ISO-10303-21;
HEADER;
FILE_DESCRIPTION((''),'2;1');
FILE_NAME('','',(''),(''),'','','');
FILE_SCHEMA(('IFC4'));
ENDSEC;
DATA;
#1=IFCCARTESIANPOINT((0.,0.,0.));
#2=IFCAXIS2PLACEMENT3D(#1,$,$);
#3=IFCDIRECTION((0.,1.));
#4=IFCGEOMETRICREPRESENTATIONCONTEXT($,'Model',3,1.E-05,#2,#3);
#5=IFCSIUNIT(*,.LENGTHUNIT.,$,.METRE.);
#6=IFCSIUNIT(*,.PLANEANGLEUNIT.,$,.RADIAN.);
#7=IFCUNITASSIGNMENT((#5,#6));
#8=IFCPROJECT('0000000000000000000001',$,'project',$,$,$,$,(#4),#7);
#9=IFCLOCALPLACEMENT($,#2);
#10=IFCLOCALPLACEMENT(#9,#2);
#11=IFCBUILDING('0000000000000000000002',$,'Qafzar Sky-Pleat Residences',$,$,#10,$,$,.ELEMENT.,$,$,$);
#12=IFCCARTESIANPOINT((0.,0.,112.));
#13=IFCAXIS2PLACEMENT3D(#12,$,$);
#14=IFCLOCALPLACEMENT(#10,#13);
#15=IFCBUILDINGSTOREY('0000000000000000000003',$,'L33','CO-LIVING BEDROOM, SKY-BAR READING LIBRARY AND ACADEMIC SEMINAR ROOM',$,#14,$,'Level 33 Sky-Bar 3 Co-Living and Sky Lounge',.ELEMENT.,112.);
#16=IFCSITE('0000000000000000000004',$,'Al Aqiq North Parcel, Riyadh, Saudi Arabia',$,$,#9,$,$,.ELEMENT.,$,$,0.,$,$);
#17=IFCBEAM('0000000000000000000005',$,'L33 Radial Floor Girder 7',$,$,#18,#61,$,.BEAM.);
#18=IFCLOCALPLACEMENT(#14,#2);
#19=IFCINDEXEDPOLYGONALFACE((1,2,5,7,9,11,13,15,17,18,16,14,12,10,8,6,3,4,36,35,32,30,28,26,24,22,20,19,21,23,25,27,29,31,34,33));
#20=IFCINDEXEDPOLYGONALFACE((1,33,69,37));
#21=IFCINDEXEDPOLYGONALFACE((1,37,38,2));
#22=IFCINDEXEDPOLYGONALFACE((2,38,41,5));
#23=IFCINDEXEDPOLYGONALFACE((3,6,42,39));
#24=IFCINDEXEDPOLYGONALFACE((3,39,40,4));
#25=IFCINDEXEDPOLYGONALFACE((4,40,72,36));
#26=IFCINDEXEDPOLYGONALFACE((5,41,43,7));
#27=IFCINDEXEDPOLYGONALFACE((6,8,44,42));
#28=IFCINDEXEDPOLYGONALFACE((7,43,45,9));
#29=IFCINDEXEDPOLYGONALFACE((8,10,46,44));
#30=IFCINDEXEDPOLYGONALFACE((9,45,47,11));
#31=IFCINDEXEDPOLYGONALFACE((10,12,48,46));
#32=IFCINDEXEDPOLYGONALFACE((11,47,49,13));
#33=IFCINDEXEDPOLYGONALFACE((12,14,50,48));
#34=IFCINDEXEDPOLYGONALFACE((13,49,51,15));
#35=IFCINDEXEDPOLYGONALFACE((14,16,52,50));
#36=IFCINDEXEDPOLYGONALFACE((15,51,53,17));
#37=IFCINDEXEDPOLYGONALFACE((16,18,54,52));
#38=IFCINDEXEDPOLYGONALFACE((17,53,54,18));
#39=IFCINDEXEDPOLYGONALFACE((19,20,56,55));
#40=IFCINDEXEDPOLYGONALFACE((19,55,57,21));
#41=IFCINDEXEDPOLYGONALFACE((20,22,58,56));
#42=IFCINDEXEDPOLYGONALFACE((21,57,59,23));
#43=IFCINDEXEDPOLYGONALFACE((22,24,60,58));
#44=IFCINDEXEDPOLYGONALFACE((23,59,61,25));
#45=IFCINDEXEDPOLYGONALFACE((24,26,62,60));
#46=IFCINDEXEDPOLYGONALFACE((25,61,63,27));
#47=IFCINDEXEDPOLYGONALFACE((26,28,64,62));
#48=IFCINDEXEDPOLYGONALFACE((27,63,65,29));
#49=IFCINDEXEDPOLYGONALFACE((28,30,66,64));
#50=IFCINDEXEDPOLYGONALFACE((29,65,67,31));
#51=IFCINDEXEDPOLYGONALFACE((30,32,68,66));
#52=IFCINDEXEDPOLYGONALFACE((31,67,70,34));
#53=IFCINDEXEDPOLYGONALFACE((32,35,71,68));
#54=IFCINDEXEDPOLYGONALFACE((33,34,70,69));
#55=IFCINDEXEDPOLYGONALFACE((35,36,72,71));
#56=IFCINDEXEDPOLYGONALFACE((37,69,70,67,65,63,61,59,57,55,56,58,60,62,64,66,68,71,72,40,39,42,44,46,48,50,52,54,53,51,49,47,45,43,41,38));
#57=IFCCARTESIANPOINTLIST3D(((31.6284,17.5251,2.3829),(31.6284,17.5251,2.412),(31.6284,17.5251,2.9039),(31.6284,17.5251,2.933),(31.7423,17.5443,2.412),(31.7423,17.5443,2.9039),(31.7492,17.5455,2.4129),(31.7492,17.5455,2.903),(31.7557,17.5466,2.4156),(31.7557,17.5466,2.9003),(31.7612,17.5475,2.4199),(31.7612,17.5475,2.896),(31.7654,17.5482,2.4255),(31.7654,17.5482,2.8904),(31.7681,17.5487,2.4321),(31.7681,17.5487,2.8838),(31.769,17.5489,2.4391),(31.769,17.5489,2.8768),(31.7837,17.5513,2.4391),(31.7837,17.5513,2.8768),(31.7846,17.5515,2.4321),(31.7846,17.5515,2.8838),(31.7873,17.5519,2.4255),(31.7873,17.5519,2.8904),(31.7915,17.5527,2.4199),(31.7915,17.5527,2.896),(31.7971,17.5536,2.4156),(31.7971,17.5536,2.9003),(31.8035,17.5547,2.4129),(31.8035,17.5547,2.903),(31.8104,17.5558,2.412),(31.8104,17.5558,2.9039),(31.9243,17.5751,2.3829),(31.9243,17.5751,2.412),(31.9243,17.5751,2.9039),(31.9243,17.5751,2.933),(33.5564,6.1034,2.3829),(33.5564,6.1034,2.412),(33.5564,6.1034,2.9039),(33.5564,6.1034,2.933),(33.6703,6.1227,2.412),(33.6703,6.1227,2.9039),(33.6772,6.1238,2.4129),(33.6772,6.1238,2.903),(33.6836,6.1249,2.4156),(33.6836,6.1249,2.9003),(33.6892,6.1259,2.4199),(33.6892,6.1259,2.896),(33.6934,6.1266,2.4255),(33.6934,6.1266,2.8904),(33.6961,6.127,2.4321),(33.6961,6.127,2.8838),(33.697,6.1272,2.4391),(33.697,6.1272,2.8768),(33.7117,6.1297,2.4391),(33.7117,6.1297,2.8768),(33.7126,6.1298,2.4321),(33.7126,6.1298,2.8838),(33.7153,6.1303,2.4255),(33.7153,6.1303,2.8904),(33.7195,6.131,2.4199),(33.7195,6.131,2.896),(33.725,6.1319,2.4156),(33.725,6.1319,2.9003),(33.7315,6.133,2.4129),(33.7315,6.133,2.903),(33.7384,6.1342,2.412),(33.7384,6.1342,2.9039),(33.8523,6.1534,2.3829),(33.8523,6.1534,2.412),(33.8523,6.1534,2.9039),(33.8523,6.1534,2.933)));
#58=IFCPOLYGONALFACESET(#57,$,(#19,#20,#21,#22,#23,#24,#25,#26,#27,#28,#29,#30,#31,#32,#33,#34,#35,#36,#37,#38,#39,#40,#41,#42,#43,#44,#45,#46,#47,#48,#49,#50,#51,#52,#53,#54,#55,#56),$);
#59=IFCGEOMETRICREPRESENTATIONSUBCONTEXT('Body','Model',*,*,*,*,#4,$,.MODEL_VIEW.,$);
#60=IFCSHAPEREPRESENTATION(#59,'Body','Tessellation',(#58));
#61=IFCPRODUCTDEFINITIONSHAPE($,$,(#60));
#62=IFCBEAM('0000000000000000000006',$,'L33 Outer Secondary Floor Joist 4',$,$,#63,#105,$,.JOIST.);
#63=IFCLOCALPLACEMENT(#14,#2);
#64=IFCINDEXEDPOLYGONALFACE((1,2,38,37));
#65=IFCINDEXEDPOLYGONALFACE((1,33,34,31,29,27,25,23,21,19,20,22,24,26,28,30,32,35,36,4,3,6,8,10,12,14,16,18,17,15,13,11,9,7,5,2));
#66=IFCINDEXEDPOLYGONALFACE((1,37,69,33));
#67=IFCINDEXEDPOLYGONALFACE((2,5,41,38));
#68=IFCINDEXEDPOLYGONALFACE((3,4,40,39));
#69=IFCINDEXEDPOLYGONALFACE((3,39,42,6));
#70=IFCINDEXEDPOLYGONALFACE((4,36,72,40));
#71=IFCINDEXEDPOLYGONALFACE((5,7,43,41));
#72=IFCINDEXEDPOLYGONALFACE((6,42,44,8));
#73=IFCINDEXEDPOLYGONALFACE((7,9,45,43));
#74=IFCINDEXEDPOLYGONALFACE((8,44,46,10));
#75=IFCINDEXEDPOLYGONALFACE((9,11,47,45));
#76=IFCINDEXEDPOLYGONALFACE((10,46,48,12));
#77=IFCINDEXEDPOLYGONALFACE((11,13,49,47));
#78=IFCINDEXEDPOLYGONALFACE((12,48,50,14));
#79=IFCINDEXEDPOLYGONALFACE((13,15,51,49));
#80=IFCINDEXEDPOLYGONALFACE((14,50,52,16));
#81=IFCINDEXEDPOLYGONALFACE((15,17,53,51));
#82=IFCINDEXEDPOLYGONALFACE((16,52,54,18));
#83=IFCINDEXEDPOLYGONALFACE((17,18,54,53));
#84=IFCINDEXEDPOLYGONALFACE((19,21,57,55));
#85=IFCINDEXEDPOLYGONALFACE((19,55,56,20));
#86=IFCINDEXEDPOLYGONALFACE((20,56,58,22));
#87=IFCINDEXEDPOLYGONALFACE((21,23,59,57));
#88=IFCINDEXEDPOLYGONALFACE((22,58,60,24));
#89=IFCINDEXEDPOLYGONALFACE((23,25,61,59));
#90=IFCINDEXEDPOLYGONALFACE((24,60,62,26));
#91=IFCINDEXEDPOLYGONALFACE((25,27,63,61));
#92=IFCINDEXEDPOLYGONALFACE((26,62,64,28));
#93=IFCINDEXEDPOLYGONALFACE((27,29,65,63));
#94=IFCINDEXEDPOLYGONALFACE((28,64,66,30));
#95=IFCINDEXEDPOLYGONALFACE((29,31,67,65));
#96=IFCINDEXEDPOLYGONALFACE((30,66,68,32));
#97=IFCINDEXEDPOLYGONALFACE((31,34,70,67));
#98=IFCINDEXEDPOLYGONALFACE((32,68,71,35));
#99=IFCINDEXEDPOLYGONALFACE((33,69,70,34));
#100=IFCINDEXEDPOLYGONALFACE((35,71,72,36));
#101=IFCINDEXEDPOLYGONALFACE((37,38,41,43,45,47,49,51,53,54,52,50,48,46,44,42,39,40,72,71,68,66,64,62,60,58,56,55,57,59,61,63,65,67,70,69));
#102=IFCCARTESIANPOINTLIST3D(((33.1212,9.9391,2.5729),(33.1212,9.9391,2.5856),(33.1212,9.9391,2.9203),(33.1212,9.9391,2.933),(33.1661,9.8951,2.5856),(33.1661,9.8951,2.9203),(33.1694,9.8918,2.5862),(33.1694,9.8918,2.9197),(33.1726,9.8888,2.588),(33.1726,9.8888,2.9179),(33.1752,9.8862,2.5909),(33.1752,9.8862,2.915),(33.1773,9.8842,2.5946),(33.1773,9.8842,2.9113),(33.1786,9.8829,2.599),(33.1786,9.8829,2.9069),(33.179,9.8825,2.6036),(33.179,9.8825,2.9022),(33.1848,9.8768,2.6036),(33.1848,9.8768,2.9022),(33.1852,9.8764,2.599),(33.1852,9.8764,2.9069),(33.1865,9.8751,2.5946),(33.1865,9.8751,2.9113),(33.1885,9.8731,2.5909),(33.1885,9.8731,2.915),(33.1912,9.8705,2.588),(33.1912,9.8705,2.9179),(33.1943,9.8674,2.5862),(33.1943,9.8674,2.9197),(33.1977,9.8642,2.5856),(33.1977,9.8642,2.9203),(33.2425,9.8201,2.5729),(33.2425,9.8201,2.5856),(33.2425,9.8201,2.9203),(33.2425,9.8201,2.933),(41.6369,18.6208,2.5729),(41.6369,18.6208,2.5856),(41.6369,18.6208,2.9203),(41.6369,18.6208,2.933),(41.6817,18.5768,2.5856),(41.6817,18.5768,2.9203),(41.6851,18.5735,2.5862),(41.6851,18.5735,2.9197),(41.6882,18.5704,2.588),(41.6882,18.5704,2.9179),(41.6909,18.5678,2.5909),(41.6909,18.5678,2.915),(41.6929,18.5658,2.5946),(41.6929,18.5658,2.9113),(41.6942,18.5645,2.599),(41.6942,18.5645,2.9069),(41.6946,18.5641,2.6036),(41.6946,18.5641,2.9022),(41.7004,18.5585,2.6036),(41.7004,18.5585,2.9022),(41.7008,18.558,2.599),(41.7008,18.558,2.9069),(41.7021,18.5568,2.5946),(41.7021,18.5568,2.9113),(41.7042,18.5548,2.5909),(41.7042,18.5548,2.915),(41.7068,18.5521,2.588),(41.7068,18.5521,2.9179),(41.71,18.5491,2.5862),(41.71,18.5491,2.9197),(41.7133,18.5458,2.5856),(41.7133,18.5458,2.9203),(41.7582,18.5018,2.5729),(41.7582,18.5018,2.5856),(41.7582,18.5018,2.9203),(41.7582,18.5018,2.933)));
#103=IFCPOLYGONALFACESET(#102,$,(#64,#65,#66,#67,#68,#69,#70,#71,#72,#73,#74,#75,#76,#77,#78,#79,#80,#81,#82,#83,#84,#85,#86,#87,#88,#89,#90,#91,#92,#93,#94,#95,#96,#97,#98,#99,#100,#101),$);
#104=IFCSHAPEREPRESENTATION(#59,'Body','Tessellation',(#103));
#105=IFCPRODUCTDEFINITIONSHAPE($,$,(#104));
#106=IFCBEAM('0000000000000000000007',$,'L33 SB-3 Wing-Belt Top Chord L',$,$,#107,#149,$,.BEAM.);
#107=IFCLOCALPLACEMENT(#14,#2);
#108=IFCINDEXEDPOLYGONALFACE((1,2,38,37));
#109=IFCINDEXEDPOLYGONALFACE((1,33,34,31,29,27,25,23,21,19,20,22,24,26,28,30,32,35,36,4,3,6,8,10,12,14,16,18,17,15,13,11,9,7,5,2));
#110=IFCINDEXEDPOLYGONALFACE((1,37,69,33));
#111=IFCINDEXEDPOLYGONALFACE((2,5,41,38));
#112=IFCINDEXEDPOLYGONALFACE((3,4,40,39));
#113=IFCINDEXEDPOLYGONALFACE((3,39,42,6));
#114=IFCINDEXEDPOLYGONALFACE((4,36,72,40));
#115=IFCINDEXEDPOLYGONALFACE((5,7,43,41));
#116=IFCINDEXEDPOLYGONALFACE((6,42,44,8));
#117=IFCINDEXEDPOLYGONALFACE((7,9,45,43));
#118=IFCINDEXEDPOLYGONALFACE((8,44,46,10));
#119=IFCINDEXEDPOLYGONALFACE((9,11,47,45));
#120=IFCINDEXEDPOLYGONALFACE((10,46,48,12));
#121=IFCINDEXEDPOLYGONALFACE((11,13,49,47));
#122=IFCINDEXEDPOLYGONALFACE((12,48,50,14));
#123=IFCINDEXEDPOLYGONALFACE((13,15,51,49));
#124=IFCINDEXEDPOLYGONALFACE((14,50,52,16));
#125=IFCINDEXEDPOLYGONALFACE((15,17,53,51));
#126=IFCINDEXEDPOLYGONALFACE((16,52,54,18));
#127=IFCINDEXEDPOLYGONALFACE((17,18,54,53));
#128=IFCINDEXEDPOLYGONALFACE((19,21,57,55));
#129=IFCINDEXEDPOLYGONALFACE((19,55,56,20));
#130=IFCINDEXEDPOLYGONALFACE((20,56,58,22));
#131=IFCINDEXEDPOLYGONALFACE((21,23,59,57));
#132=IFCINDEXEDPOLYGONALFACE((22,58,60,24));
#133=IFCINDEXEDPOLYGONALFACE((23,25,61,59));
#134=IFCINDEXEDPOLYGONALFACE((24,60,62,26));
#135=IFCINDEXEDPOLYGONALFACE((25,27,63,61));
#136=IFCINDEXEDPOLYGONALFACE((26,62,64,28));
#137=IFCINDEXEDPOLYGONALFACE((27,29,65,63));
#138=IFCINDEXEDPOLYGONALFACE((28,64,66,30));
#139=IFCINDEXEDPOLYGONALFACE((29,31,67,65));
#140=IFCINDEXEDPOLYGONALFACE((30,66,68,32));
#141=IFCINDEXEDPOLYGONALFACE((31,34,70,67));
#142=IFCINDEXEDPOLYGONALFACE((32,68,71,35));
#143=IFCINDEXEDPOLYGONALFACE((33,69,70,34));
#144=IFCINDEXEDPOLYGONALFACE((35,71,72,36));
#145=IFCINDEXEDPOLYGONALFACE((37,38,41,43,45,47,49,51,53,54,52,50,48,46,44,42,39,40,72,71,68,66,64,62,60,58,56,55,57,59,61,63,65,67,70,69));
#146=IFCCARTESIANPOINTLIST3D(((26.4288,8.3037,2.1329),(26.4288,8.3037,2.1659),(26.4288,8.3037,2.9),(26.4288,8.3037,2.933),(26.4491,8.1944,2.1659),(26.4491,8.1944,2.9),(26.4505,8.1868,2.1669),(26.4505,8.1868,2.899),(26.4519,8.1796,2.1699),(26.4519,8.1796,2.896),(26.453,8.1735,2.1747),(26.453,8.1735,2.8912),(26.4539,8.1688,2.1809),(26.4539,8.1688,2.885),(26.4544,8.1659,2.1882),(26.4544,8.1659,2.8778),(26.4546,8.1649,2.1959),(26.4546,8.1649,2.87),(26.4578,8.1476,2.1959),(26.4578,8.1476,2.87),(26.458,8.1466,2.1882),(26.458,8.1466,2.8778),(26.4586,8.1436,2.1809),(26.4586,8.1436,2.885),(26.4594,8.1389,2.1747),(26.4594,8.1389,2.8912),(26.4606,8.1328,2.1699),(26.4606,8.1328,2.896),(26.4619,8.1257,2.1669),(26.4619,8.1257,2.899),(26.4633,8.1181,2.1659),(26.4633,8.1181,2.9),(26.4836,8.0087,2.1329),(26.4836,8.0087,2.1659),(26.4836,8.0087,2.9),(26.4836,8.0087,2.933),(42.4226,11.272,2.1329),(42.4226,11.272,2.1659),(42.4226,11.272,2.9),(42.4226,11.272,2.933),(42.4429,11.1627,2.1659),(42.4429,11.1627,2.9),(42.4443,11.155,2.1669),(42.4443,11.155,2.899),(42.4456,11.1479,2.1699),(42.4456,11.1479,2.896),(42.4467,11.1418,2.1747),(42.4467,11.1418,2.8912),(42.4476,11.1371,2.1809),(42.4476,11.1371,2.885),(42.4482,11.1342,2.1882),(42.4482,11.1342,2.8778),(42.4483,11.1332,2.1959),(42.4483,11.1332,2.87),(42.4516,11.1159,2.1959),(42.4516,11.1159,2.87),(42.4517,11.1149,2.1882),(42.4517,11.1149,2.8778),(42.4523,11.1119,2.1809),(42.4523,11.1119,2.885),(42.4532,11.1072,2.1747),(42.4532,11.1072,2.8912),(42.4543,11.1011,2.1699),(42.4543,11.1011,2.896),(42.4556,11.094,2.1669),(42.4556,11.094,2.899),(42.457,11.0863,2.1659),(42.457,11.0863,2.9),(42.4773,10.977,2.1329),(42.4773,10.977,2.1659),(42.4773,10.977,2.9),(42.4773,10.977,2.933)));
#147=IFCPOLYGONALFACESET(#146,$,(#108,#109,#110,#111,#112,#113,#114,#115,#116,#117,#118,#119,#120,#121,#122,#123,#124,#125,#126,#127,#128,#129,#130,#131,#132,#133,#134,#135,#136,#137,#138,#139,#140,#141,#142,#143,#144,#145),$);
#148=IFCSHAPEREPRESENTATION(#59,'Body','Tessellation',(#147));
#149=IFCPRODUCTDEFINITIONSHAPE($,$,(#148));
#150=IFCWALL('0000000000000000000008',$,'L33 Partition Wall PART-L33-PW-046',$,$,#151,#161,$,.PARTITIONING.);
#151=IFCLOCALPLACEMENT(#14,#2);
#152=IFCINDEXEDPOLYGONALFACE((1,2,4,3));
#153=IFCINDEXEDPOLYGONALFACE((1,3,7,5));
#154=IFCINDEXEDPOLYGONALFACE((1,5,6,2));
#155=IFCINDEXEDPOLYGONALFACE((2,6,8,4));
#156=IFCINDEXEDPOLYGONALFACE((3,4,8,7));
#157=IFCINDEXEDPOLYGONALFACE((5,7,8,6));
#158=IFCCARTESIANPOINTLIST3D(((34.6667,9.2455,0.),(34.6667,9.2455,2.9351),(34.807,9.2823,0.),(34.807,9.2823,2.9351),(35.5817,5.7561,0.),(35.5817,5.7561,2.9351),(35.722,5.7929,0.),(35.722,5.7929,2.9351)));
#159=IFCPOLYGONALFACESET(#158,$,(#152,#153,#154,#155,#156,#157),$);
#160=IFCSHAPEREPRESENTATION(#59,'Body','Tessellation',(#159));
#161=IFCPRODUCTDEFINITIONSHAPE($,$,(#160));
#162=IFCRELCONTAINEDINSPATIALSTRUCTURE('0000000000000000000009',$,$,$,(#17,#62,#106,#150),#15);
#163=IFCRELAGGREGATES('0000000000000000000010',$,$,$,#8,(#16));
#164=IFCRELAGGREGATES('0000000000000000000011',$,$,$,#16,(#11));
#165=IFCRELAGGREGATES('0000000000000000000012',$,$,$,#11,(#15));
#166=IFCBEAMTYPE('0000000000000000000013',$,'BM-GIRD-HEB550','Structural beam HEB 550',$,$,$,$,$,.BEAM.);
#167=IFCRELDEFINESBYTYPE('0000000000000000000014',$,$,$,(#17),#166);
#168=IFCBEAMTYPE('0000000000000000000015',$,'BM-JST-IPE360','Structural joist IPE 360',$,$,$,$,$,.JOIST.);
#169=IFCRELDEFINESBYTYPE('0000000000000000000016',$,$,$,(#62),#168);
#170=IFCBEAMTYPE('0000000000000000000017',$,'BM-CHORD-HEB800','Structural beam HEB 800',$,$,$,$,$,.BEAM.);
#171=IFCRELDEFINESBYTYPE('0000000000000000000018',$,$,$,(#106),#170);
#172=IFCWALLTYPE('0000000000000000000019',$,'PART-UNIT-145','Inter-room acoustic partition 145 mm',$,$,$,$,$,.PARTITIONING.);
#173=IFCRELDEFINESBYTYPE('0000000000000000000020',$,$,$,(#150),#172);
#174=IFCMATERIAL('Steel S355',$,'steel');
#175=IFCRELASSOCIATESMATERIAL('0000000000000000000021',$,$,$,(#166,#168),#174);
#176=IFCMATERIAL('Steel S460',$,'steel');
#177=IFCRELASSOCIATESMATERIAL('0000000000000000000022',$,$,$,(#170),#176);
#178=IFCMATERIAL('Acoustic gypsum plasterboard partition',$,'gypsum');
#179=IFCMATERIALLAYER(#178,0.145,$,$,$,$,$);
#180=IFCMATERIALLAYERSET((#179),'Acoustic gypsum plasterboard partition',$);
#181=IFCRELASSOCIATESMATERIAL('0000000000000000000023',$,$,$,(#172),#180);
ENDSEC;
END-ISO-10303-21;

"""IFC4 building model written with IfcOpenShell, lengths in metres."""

from ifc_helpers import new_model, si_unit, direction, frame, frame_2d, origin, origin_2d, place, context, subcontext, project, spatial, rectangle, i_section, extrude, source, transform, mapped, material, layer, layer_set, material_profile, profile_set, type_object, element, save


model = new_model("IFC4")

# Units and contexts
model_context = context("Model", 3, precision=1e-05, world=origin(), true_north=direction((0.0, 1.0)))
body_context = subcontext(model_context, "Body", "Model", "MODEL_VIEW")
ifc_project = project(units=[si_unit("LENGTHUNIT", "METRE"), si_unit("PLANEANGLEUNIT", "RADIAN")], contexts=[model_context])

# Site, building, storey
site_placement = place(None, origin())
site = spatial("IfcSite", under=ifc_project, at=site_placement, Name="Al Aqiq North Parcel, Riyadh, Saudi Arabia", CompositionType="ELEMENT", RefElevation=0.0)
building_placement = place(site_placement, origin())
building = spatial("IfcBuilding", under=site, at=building_placement, Name="Qafzar Sky-Pleat Residences", CompositionType="ELEMENT")
storey_placement = place(building_placement, frame((0.0, 0.0, 112.0)))
storey = spatial("IfcBuildingStorey", under=building, at=storey_placement, Name="L33", Description="CO-LIVING BEDROOM, SKY-BAR READING LIBRARY AND ACADEMIC SEMINAR ROOM", LongName="Level 33 Sky-Bar 3 Co-Living and Sky Lounge", CompositionType="ELEMENT", Elevation=112.0)

# Shared definitions
ifc_material_1 = material(Name="Steel S460", Category="steel")

# Beams
ifc_material_2 = material(Name="Steel S355", Category="steel")
ifc_material_profile_1 = material_profile(ifc_material_2, i_section(OverallWidth=0.3, OverallDepth=0.55, WebThickness=0.0149, FlangeThickness=0.0291, FilletRadius=0.0271, at=origin_2d()), Name="HEB 550")
ifc_profile_set_1 = profile_set([ifc_material_profile_1], Name="Steel S355")
beam_type_1 = type_object("IfcBeamType", Name="BM-GIRD-HEB550", Description="Structural beam HEB 550", PredefinedType="BEAM", material=ifc_profile_set_1)
shared_shape_1 = source(origin(), body_context, "Body", "SweptSolid", [
    extrude(i_section(OverallWidth=0.3, OverallDepth=0.55, WebThickness=0.0149, FlangeThickness=0.0291, FilletRadius=0.0271, at=origin_2d()), origin(), (0.0, 0.0, 1.0), 11.5833),
])
beam_1_placement = place(storey_placement, frame((33.7043, 6.1284, 2.658), z_axis=(-0.166446, 0.986051, 0.0), x_axis=(-0.986051, -0.166446, 0.0)))
element("IfcBeam", 1, at=beam_1_placement, inside=storey, type_object=beam_type_1, Name="L33 Radial Floor Girder 7", PredefinedType="BEAM", context=body_context, shape_type="MappedRepresentation", body=[
    mapped(shared_shape_1, transform((0.0, 0.0, 0.0), x_axis=(1.0, 0.0, 0.0), y_axis=(0.0, 1.0, 0.0), z_axis=(0.0, 0.0, 1.0), scale=1.0)),
])
ifc_material_profile_2 = material_profile(ifc_material_2, i_section(OverallWidth=0.1699, OverallDepth=0.3601, WebThickness=0.0081, FlangeThickness=0.0127, FilletRadius=0.0181, at=origin_2d()), Name="IPE 360")
ifc_profile_set_2 = profile_set([ifc_material_profile_2], Name="Steel S355")
beam_type_2 = type_object("IfcBeamType", Name="BM-JST-IPE360", Description="Structural joist IPE 360", PredefinedType="JOIST", material=ifc_profile_set_2)
shared_shape_2 = source(origin(), body_context, "Body", "SweptSolid", [
    extrude(i_section(OverallWidth=0.1699, OverallDepth=0.3601, WebThickness=0.0081, FlangeThickness=0.0127, FilletRadius=0.0181, at=origin_2d()), origin(), (0.0, 0.0, 1.0), 12.1609),
])
beam_2_placement = place(storey_placement, frame((33.1819, 9.8796, 2.7529), z_axis=(0.700248, 0.7139, 0.0), x_axis=(-0.7139, 0.700248, 0.0)))
element("IfcBeam", 2, at=beam_2_placement, inside=storey, type_object=beam_type_2, Name="L33 Outer Secondary Floor Joist 4", PredefinedType="JOIST", context=body_context, shape_type="MappedRepresentation", body=[
    mapped(shared_shape_2, transform((0.0, 0.0, 0.0), x_axis=(1.0, 0.0, 0.0), y_axis=(0.0, 1.0, 0.0), z_axis=(0.0, 0.0, 1.0), scale=1.0)),
])
ifc_material_profile_3 = material_profile(ifc_material_1, i_section(OverallWidth=0.3, OverallDepth=0.8, WebThickness=0.0176, FlangeThickness=0.033, FilletRadius=0.03, at=origin_2d()), Name="HEB 800")
ifc_profile_set_3 = profile_set([ifc_material_profile_3], Name="Steel S460")
beam_type_3 = type_object("IfcBeamType", Name="BM-CHORD-HEB800", Description="Structural beam HEB 800", PredefinedType="BEAM", material=ifc_profile_set_3)
shared_shape_3 = source(origin(), body_context, "Body", "SweptSolid", [
    extrude(i_section(OverallWidth=0.3, OverallDepth=0.8, WebThickness=0.0176, FlangeThickness=0.033, FilletRadius=0.03, at=origin_2d()), origin(), (0.0, 0.0, 1.0), 16.2668),
])
beam_3_placement = place(storey_placement, frame((42.45, 11.1245, 2.533), z_axis=(-0.983211, -0.182474, 0.0), x_axis=(0.182474, -0.983211, 0.0)))
element("IfcBeam", 3, at=beam_3_placement, inside=storey, type_object=beam_type_3, Name="L33 SB-3 Wing-Belt Top Chord L", PredefinedType="BEAM", context=body_context, shape_type="MappedRepresentation", body=[
    mapped(shared_shape_3, transform((0.0, 0.0, 0.0), x_axis=(1.0, 0.0, 0.0), y_axis=(0.0, 1.0, 0.0), z_axis=(0.0, 0.0, 1.0), scale=1.0)),
])

# Wall
ifc_material_3 = material(Name="Acoustic gypsum plasterboard partition", Category="gypsum")
ifc_layer_1 = layer(ifc_material_3, 0.145)
ifc_layer_set_1 = layer_set([ifc_layer_1], Name="Acoustic gypsum plasterboard partition")
wall_type_1 = type_object("IfcWallType", Name="PART-UNIT-145", Description="Inter-room acoustic partition 145 mm", PredefinedType="PARTITIONING", material=ifc_layer_set_1)
wall_1_placement = place(storey_placement, frame((34.7368, 9.2639, 0.0), z_axis=(0.0, 0.0, 1.0), x_axis=(0.25365, -0.967296, 0.0)))
element("IfcWall", 4, at=wall_1_placement, inside=storey, type_object=wall_type_1, Name="L33 Partition Wall PART-L33-PW-046", PredefinedType="PARTITIONING", context=body_context, shape_type="SweptSolid", body=[
    extrude(rectangle(XDim=3.6074, YDim=0.145, at=frame_2d((1.8037, 0.0))), origin(), (0.0, 0.0, 1.0), 2.9351),
])

save(model, "model.ifc")
